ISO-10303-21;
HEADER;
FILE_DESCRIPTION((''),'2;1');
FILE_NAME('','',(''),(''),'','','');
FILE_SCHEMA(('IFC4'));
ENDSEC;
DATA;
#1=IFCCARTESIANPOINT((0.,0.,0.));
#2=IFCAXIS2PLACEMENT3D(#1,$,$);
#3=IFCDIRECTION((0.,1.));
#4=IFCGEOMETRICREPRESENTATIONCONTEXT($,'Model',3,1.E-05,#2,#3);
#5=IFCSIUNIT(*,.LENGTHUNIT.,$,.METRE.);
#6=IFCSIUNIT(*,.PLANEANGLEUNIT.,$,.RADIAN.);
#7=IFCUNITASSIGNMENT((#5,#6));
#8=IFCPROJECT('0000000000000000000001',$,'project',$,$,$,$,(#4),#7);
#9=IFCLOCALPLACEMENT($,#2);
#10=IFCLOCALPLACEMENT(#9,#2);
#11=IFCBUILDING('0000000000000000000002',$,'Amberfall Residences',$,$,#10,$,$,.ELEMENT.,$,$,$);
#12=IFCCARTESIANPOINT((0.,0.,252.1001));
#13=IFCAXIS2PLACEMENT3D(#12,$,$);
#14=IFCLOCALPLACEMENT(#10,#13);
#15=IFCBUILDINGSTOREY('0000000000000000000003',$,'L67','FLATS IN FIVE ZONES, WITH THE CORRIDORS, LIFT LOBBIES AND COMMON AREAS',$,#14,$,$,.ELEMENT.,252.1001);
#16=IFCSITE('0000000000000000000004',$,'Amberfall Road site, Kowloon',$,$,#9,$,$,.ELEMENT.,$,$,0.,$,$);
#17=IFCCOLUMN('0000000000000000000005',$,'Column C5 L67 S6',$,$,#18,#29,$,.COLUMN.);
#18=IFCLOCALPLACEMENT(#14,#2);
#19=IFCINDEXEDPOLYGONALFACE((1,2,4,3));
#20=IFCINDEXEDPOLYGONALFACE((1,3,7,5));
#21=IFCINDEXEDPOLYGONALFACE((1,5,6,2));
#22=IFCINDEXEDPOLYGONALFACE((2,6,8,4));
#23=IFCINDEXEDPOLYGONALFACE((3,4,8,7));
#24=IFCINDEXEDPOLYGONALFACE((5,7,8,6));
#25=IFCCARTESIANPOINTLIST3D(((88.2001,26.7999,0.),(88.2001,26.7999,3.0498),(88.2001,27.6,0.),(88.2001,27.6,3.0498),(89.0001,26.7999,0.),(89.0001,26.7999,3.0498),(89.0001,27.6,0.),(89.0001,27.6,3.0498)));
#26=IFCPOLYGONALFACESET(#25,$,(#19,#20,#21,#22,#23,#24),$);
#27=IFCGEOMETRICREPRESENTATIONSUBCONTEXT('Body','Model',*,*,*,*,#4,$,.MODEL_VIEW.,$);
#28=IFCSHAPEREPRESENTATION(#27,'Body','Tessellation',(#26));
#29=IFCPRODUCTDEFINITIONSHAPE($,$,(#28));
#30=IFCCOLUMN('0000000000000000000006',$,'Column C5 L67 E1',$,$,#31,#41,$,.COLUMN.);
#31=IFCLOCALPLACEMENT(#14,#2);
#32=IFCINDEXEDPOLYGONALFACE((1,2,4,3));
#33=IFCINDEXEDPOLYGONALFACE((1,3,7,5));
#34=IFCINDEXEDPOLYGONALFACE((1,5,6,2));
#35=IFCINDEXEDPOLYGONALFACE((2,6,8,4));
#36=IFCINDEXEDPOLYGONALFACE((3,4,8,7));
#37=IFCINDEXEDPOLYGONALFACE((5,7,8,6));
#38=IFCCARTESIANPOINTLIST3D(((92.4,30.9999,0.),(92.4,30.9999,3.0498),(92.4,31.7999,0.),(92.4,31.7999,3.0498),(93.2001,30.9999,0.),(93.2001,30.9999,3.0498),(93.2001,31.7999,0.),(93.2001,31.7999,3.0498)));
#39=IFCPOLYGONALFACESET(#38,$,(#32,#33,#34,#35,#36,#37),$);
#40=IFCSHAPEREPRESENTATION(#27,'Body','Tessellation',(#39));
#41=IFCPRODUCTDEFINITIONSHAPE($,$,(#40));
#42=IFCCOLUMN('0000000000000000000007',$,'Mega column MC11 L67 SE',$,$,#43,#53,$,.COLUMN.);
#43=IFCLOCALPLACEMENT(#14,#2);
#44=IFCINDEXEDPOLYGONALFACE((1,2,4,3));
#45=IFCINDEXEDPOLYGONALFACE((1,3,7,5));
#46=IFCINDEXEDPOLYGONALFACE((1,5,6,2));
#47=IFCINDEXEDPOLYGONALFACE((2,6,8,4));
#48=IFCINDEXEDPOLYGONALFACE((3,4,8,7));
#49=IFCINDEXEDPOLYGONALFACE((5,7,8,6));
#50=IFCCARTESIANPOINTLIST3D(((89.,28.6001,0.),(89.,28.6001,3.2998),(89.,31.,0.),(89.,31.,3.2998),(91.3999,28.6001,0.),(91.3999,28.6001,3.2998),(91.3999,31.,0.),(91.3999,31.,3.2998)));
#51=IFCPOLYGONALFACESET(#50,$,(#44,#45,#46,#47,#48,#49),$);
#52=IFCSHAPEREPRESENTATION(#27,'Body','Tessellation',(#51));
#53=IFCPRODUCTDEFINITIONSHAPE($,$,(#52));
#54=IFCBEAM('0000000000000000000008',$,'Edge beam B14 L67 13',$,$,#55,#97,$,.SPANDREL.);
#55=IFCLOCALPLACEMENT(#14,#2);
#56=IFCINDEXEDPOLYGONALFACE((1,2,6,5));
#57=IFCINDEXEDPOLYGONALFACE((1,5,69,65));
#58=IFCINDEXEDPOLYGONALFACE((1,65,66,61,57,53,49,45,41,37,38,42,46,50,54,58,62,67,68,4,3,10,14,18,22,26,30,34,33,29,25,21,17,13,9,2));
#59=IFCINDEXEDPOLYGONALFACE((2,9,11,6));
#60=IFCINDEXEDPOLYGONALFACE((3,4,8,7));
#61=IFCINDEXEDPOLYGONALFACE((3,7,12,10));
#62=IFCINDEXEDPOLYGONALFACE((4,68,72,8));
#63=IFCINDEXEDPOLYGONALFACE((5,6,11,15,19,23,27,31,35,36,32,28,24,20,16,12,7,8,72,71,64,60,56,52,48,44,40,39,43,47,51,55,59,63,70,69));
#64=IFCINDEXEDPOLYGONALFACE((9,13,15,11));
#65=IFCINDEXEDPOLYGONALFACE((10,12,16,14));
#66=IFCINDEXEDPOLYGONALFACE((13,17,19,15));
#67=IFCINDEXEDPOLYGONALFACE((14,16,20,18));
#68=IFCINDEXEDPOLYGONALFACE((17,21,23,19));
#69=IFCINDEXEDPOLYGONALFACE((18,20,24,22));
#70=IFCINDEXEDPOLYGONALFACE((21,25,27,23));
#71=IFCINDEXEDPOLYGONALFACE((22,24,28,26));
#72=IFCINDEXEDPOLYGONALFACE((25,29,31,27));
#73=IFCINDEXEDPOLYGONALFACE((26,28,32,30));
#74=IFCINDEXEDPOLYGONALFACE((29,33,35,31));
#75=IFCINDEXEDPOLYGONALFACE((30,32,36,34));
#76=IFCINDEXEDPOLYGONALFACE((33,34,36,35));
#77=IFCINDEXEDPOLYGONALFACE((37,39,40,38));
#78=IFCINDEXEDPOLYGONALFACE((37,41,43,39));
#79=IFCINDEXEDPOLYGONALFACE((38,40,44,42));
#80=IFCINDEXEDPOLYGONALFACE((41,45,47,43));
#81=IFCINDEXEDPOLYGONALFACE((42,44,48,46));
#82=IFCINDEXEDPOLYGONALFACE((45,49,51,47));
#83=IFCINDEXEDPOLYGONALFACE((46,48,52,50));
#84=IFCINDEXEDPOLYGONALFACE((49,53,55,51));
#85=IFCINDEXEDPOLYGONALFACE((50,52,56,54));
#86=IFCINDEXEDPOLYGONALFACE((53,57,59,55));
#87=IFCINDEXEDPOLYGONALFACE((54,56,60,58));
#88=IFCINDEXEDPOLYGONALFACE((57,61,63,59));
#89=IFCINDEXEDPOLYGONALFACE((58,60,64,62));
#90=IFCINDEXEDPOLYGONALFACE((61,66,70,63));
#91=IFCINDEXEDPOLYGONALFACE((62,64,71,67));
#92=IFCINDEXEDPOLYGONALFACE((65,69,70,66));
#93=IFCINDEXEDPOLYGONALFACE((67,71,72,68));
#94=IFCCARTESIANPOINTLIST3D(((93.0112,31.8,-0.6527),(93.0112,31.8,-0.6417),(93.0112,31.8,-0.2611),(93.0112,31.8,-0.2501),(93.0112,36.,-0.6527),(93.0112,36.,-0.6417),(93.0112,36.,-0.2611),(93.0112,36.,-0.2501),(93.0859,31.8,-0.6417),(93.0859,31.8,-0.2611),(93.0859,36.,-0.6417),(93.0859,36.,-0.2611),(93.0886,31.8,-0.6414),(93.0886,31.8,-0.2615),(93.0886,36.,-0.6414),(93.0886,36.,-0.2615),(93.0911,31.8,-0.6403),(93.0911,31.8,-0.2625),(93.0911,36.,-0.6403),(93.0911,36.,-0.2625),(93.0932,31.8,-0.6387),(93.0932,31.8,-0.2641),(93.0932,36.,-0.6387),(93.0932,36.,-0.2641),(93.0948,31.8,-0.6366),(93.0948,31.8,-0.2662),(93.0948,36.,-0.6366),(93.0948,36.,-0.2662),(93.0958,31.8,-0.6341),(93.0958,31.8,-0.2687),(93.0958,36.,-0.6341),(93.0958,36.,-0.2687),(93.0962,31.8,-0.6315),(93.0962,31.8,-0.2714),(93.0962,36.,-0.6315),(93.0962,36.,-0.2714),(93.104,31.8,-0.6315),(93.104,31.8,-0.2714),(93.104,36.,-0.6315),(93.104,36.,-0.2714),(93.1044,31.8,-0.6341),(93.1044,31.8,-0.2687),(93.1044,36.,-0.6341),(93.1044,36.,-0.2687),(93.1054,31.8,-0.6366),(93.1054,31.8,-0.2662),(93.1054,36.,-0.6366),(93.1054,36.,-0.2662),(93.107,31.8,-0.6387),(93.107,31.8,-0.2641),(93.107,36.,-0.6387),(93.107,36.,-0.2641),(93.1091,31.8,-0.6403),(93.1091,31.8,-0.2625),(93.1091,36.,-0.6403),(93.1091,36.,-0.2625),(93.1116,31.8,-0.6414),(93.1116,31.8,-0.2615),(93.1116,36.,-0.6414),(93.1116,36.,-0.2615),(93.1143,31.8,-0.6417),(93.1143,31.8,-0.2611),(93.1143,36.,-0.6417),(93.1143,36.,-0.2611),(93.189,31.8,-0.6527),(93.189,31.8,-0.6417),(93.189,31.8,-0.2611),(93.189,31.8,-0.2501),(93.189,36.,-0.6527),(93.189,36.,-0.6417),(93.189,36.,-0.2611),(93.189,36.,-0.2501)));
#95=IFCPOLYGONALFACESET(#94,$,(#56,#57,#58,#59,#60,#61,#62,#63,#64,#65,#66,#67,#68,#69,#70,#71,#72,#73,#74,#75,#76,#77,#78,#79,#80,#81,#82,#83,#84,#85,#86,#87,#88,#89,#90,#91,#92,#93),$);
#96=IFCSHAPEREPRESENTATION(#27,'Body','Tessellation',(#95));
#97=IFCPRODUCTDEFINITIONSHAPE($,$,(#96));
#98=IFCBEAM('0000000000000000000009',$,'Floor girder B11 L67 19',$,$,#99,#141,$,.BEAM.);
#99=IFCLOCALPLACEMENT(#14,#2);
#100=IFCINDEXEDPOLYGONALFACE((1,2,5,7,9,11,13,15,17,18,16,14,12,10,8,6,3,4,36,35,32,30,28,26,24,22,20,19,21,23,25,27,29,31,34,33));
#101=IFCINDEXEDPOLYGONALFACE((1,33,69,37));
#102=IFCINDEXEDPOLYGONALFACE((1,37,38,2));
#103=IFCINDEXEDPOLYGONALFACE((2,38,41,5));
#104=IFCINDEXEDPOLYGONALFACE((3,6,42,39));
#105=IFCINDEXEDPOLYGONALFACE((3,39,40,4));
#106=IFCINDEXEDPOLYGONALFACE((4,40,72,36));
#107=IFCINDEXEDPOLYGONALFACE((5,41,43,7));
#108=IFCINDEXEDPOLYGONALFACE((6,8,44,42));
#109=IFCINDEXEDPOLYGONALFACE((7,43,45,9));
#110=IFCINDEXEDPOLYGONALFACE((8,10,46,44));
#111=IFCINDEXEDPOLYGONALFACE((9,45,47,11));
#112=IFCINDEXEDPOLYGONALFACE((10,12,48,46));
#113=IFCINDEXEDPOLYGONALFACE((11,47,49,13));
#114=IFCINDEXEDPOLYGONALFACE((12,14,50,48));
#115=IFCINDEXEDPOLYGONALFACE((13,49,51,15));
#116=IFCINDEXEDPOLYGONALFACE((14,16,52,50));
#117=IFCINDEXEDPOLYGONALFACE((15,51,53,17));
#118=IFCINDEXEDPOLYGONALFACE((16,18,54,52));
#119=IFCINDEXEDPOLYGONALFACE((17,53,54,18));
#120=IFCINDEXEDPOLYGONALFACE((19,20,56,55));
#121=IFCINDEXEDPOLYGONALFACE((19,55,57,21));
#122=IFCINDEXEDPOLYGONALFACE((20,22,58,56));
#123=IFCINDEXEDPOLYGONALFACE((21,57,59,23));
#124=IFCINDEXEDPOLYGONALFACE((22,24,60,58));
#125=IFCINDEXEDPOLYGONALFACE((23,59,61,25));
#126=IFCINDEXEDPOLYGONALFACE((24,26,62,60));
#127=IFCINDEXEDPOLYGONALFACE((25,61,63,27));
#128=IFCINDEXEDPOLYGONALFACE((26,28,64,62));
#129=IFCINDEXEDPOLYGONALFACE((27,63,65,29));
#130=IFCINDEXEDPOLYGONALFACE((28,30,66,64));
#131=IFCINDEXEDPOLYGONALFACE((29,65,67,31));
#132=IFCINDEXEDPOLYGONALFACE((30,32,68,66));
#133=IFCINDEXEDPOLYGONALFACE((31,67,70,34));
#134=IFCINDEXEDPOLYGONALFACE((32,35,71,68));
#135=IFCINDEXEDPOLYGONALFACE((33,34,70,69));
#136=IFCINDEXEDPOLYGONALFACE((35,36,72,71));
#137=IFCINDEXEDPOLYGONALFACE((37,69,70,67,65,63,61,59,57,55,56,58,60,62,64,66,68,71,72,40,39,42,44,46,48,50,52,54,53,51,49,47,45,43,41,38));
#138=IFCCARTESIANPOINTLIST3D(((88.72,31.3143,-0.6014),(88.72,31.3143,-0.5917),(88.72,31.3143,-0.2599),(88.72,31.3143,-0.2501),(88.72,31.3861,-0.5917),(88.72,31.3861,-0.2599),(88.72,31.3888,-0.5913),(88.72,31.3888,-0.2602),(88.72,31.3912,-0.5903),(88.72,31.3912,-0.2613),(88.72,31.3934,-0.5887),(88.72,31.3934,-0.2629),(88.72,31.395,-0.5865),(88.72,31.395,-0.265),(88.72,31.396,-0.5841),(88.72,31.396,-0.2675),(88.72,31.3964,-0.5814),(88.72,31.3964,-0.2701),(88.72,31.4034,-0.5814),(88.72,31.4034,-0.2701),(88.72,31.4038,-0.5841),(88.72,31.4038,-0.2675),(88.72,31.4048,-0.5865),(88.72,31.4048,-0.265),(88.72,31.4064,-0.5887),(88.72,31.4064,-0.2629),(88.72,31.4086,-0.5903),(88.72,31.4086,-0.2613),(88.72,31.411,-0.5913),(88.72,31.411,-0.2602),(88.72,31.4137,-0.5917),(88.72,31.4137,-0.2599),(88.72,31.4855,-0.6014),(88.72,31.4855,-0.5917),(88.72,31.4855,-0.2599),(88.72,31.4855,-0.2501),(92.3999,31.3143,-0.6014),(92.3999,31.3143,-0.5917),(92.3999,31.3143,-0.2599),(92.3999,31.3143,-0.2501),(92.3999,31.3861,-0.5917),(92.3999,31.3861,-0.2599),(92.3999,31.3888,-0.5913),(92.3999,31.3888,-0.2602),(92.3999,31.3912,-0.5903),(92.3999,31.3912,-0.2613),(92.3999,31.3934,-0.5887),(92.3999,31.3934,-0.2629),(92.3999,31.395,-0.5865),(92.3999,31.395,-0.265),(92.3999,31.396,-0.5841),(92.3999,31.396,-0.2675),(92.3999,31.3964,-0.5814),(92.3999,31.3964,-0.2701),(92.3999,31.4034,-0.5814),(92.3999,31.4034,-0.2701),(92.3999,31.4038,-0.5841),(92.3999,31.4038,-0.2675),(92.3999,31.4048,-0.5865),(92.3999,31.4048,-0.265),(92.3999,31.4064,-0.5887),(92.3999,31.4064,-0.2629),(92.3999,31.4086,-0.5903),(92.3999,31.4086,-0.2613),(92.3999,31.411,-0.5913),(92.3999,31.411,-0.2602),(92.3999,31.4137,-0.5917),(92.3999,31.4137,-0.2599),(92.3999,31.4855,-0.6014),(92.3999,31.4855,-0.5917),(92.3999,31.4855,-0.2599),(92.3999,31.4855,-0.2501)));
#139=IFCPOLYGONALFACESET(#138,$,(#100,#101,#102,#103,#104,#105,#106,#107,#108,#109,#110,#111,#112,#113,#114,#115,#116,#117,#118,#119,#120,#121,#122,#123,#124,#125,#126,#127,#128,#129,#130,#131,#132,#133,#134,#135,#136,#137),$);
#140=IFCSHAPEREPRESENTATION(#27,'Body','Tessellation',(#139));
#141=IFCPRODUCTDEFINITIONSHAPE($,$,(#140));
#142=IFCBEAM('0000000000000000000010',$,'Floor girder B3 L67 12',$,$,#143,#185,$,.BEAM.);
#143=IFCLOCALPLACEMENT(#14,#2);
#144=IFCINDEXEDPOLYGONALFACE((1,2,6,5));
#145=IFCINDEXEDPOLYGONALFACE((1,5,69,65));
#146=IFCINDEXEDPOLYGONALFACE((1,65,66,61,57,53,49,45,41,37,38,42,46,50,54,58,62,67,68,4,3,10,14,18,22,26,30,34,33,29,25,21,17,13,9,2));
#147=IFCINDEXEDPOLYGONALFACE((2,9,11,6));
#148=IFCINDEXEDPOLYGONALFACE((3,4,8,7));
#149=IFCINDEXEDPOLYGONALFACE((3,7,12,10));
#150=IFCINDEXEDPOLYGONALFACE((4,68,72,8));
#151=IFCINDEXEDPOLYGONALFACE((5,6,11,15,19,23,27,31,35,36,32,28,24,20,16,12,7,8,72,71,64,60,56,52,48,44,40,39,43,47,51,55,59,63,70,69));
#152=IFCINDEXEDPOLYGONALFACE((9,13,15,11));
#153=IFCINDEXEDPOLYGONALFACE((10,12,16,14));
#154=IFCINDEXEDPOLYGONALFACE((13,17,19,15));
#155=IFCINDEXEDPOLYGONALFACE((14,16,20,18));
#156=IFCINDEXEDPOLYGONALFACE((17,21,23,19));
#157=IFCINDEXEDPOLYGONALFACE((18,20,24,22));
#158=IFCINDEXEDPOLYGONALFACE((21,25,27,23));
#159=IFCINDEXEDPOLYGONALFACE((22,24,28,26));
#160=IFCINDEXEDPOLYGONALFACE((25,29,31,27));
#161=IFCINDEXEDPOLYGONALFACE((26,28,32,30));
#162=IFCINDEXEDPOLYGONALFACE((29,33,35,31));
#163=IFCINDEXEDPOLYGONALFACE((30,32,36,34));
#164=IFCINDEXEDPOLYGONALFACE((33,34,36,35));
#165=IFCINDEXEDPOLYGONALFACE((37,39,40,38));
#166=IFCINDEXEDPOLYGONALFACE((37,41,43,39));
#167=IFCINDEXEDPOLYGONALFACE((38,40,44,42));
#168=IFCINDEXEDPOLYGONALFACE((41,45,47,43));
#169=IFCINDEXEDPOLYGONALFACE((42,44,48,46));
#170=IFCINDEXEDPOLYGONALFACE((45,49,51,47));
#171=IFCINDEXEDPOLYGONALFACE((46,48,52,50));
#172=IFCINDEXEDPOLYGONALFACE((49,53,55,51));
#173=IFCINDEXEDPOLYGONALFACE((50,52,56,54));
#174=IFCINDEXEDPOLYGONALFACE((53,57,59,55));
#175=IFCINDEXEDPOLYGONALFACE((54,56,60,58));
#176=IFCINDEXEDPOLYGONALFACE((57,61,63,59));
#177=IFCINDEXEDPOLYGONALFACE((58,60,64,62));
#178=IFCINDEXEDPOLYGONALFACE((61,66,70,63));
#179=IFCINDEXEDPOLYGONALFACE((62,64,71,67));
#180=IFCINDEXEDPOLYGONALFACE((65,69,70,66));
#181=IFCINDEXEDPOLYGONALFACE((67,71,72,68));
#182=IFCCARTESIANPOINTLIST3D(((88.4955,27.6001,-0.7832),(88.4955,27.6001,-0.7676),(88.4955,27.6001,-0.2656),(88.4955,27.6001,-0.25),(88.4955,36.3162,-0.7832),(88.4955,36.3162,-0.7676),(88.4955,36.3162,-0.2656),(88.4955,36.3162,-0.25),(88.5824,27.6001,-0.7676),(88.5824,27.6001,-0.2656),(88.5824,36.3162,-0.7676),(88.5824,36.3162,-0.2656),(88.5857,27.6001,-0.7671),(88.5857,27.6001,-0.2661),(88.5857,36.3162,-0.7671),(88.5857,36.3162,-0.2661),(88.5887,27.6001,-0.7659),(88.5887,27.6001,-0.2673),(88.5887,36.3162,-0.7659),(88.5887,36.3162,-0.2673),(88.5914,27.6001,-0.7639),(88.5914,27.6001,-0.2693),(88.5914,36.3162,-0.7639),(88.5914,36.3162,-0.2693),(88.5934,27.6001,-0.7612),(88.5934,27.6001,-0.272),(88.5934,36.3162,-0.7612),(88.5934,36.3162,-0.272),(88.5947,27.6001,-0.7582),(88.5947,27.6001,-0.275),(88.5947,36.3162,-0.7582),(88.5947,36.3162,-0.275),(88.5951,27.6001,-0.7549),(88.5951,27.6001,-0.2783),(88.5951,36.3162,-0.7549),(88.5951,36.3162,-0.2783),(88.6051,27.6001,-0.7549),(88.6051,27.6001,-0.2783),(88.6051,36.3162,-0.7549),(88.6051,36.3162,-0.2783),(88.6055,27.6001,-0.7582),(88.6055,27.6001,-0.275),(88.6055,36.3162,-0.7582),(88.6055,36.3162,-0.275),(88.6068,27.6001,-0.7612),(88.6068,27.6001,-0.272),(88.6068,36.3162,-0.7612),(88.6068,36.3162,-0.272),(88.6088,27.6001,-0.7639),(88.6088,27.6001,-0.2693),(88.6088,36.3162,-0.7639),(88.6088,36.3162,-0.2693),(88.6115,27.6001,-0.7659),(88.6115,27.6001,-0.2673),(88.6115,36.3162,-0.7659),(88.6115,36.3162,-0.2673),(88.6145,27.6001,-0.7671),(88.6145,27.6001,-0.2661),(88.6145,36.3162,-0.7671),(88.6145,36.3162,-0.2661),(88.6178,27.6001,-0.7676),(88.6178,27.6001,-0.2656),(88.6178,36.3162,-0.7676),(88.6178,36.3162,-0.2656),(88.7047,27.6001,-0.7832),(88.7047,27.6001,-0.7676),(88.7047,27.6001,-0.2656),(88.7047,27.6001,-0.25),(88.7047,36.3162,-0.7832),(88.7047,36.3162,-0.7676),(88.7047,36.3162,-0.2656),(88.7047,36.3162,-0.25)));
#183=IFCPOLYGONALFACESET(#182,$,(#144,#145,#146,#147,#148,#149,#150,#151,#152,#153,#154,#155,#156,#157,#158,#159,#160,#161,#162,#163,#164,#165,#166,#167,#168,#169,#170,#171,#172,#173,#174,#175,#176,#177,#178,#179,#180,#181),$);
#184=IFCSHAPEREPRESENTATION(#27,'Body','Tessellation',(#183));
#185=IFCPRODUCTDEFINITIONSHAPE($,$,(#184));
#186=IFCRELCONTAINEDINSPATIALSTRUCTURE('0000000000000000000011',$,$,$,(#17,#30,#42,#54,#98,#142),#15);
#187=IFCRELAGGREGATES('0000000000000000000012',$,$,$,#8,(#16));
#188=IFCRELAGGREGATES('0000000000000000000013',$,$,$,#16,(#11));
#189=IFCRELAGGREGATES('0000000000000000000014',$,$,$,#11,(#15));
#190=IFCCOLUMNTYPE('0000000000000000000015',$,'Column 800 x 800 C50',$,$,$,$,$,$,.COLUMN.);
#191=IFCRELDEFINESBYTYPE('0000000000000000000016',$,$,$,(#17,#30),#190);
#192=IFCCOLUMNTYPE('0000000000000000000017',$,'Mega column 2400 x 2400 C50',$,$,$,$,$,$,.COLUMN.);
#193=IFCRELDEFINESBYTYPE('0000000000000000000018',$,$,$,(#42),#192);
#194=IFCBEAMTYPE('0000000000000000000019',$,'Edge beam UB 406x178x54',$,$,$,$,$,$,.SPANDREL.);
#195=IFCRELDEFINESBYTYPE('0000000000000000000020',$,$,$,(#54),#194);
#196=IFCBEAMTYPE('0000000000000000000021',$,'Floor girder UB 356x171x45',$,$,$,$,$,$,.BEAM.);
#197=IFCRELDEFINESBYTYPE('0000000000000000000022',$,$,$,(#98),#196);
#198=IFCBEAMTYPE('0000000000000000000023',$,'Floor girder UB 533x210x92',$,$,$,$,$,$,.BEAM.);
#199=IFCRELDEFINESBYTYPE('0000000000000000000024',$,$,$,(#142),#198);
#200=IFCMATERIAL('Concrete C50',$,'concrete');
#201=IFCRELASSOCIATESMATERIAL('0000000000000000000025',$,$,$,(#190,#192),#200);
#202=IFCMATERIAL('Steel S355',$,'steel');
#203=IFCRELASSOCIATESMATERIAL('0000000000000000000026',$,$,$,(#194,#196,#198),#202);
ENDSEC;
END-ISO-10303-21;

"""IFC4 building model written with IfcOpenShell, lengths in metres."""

from ifc_helpers import new_model, si_unit, direction, frame, origin, origin_2d, place, context, subcontext, project, spatial, rectangle, i_section, extrude, material, material_profile, profile_set, type_object, element, save


model = new_model("IFC4")

# Units and contexts
model_context = context("Model", 3, precision=1e-05, world=origin(), true_north=direction((0.0, 1.0)))
body_context = subcontext(model_context, "Body", "Model", "MODEL_VIEW")
ifc_project = project(units=[si_unit("LENGTHUNIT", "METRE"), si_unit("PLANEANGLEUNIT", "RADIAN")], contexts=[model_context])

# Site, building, storey
site_placement = place(None, origin())
site = spatial("IfcSite", under=ifc_project, at=site_placement, Name="Amberfall Road site, Kowloon", CompositionType="ELEMENT", RefElevation=0.0)
building_placement = place(site_placement, origin())
building = spatial("IfcBuilding", under=site, at=building_placement, Name="Amberfall Residences", CompositionType="ELEMENT")
storey_placement = place(building_placement, frame((0.0, 0.0, 252.1001)))
storey = spatial("IfcBuildingStorey", under=building, at=storey_placement, Name="L67", Description="FLATS IN FIVE ZONES, WITH THE CORRIDORS, LIFT LOBBIES AND COMMON AREAS", CompositionType="ELEMENT", Elevation=252.1001)

# Columns
ifc_material_1 = material(Name="Concrete C50", Category="concrete")
ifc_material_profile_1 = material_profile(ifc_material_1, rectangle(XDim=0.8, YDim=0.8, at=origin_2d()), Name="Column 800 x 800 C50")
ifc_profile_set_1 = profile_set([ifc_material_profile_1], Name="Concrete C50")
column_type_1 = type_object("IfcColumnType", Name="Column 800 x 800 C50", PredefinedType="COLUMN", material=ifc_profile_set_1)
for number, where, z_axis, x_axis, name in (
    (1, (88.6001, 27.2, 0.0), (0.0, 0.0, 1.0), (1.0, 0.0, 0.0), "Column C5 L67 S6"),
    (2, (92.8, 31.3999, 0.0), (0.0, 0.0, 1.0), (1.0, 0.0, 0.0), "Column C5 L67 E1"),
):
    element("IfcColumn", number, at=place(storey_placement, frame(where, z_axis=z_axis, x_axis=x_axis)), inside=storey, type_object=column_type_1, Name=name, PredefinedType="COLUMN", context=body_context, shape_type="SweptSolid", body=[
        extrude(rectangle(XDim=0.8, YDim=0.8, at=origin_2d()), origin(), (0.0, 0.0, 1.0), 3.0498),
    ])
ifc_material_profile_2 = material_profile(ifc_material_1, rectangle(XDim=2.3999, YDim=2.3999, at=origin_2d()), Name="Mega column 2400 x 2400 C50")
ifc_profile_set_2 = profile_set([ifc_material_profile_2], Name="Concrete C50")
column_type_2 = type_object("IfcColumnType", Name="Mega column 2400 x 2400 C50", PredefinedType="COLUMN", material=ifc_profile_set_2)
column_placement = place(storey_placement, frame((90.2, 29.8, 0.0), z_axis=(0.0, 0.0, 1.0), x_axis=(1.0, 0.0, 0.0)))
element("IfcColumn", 3, at=column_placement, inside=storey, type_object=column_type_2, Name="Mega column MC11 L67 SE", PredefinedType="COLUMN", context=body_context, shape_type="SweptSolid", body=[
    extrude(rectangle(XDim=2.3999, YDim=2.3999, at=origin_2d()), origin(), (0.0, 0.0, 1.0), 3.2998),
])

# Beams
ifc_material_2 = material(Name="Steel S355", Category="steel")
ifc_material_profile_3 = material_profile(ifc_material_2, i_section(OverallWidth=0.1777, OverallDepth=0.4026, WebThickness=0.0078, FlangeThickness=0.011, FilletRadius=0.0103, at=origin_2d()), Name="UB 406x178x54")
ifc_profile_set_3 = profile_set([ifc_material_profile_3], Name="Steel S355")
beam_type_1 = type_object("IfcBeamType", Name="Edge beam UB 406x178x54", PredefinedType="SPANDREL", material=ifc_profile_set_3)
beam_1_placement = place(storey_placement, frame((93.1001, 31.8, -0.4514), z_axis=(0.0, 1.0, 0.0), x_axis=(-1.0, 0.0, 0.0)))
element("IfcBeam", 4, at=beam_1_placement, inside=storey, type_object=beam_type_1, Name="Edge beam B14 L67 13", PredefinedType="SPANDREL", context=body_context, shape_type="SweptSolid", body=[
    extrude(i_section(OverallWidth=0.1777, OverallDepth=0.4026, WebThickness=0.0078, FlangeThickness=0.011, FilletRadius=0.0103, at=origin_2d()), origin(), (0.0, 0.0, 1.0), 4.2),
])
ifc_material_profile_4 = material_profile(ifc_material_2, i_section(OverallWidth=0.1711, OverallDepth=0.3513, WebThickness=0.0071, FlangeThickness=0.0098, FilletRadius=0.0103, at=origin_2d()), Name="UB 356x171x45")
ifc_profile_set_4 = profile_set([ifc_material_profile_4], Name="Steel S355")
beam_type_2 = type_object("IfcBeamType", Name="Floor girder UB 356x171x45", PredefinedType="BEAM", material=ifc_profile_set_4)
beam_2_placement = place(storey_placement, frame((92.3999, 31.3999, -0.4258), z_axis=(-1.0, 0.0, 0.0), x_axis=(0.0, -1.0, 0.0)))
element("IfcBeam", 5, at=beam_2_placement, inside=storey, type_object=beam_type_2, Name="Floor girder B11 L67 19", PredefinedType="BEAM", context=body_context, shape_type="SweptSolid", body=[
    extrude(i_section(OverallWidth=0.1711, OverallDepth=0.3513, WebThickness=0.0071, FlangeThickness=0.0098, FilletRadius=0.0103, at=origin_2d()), origin(), (0.0, 0.0, 1.0), 3.6799),
])
ifc_material_profile_5 = material_profile(ifc_material_2, i_section(OverallWidth=0.2092, OverallDepth=0.5332, WebThickness=0.01, FlangeThickness=0.0156, FilletRadius=0.0127, at=origin_2d()), Name="UB 533x210x92")
ifc_profile_set_5 = profile_set([ifc_material_profile_5], Name="Steel S355")
beam_type_3 = type_object("IfcBeamType", Name="Floor girder UB 533x210x92", PredefinedType="BEAM", material=ifc_profile_set_5)
beam_3_placement = place(storey_placement, frame((88.6001, 27.6001, -0.5166), z_axis=(0.0, 1.0, 0.0), x_axis=(-1.0, 0.0, 0.0)))
element("IfcBeam", 6, at=beam_3_placement, inside=storey, type_object=beam_type_3, Name="Floor girder B3 L67 12", PredefinedType="BEAM", context=body_context, shape_type="SweptSolid", body=[
    extrude(i_section(OverallWidth=0.2092, OverallDepth=0.5332, WebThickness=0.01, FlangeThickness=0.0156, FilletRadius=0.0127, at=origin_2d()), origin(), (0.0, 0.0, 1.0), 8.7161),
])

save(model, "model.ifc")
